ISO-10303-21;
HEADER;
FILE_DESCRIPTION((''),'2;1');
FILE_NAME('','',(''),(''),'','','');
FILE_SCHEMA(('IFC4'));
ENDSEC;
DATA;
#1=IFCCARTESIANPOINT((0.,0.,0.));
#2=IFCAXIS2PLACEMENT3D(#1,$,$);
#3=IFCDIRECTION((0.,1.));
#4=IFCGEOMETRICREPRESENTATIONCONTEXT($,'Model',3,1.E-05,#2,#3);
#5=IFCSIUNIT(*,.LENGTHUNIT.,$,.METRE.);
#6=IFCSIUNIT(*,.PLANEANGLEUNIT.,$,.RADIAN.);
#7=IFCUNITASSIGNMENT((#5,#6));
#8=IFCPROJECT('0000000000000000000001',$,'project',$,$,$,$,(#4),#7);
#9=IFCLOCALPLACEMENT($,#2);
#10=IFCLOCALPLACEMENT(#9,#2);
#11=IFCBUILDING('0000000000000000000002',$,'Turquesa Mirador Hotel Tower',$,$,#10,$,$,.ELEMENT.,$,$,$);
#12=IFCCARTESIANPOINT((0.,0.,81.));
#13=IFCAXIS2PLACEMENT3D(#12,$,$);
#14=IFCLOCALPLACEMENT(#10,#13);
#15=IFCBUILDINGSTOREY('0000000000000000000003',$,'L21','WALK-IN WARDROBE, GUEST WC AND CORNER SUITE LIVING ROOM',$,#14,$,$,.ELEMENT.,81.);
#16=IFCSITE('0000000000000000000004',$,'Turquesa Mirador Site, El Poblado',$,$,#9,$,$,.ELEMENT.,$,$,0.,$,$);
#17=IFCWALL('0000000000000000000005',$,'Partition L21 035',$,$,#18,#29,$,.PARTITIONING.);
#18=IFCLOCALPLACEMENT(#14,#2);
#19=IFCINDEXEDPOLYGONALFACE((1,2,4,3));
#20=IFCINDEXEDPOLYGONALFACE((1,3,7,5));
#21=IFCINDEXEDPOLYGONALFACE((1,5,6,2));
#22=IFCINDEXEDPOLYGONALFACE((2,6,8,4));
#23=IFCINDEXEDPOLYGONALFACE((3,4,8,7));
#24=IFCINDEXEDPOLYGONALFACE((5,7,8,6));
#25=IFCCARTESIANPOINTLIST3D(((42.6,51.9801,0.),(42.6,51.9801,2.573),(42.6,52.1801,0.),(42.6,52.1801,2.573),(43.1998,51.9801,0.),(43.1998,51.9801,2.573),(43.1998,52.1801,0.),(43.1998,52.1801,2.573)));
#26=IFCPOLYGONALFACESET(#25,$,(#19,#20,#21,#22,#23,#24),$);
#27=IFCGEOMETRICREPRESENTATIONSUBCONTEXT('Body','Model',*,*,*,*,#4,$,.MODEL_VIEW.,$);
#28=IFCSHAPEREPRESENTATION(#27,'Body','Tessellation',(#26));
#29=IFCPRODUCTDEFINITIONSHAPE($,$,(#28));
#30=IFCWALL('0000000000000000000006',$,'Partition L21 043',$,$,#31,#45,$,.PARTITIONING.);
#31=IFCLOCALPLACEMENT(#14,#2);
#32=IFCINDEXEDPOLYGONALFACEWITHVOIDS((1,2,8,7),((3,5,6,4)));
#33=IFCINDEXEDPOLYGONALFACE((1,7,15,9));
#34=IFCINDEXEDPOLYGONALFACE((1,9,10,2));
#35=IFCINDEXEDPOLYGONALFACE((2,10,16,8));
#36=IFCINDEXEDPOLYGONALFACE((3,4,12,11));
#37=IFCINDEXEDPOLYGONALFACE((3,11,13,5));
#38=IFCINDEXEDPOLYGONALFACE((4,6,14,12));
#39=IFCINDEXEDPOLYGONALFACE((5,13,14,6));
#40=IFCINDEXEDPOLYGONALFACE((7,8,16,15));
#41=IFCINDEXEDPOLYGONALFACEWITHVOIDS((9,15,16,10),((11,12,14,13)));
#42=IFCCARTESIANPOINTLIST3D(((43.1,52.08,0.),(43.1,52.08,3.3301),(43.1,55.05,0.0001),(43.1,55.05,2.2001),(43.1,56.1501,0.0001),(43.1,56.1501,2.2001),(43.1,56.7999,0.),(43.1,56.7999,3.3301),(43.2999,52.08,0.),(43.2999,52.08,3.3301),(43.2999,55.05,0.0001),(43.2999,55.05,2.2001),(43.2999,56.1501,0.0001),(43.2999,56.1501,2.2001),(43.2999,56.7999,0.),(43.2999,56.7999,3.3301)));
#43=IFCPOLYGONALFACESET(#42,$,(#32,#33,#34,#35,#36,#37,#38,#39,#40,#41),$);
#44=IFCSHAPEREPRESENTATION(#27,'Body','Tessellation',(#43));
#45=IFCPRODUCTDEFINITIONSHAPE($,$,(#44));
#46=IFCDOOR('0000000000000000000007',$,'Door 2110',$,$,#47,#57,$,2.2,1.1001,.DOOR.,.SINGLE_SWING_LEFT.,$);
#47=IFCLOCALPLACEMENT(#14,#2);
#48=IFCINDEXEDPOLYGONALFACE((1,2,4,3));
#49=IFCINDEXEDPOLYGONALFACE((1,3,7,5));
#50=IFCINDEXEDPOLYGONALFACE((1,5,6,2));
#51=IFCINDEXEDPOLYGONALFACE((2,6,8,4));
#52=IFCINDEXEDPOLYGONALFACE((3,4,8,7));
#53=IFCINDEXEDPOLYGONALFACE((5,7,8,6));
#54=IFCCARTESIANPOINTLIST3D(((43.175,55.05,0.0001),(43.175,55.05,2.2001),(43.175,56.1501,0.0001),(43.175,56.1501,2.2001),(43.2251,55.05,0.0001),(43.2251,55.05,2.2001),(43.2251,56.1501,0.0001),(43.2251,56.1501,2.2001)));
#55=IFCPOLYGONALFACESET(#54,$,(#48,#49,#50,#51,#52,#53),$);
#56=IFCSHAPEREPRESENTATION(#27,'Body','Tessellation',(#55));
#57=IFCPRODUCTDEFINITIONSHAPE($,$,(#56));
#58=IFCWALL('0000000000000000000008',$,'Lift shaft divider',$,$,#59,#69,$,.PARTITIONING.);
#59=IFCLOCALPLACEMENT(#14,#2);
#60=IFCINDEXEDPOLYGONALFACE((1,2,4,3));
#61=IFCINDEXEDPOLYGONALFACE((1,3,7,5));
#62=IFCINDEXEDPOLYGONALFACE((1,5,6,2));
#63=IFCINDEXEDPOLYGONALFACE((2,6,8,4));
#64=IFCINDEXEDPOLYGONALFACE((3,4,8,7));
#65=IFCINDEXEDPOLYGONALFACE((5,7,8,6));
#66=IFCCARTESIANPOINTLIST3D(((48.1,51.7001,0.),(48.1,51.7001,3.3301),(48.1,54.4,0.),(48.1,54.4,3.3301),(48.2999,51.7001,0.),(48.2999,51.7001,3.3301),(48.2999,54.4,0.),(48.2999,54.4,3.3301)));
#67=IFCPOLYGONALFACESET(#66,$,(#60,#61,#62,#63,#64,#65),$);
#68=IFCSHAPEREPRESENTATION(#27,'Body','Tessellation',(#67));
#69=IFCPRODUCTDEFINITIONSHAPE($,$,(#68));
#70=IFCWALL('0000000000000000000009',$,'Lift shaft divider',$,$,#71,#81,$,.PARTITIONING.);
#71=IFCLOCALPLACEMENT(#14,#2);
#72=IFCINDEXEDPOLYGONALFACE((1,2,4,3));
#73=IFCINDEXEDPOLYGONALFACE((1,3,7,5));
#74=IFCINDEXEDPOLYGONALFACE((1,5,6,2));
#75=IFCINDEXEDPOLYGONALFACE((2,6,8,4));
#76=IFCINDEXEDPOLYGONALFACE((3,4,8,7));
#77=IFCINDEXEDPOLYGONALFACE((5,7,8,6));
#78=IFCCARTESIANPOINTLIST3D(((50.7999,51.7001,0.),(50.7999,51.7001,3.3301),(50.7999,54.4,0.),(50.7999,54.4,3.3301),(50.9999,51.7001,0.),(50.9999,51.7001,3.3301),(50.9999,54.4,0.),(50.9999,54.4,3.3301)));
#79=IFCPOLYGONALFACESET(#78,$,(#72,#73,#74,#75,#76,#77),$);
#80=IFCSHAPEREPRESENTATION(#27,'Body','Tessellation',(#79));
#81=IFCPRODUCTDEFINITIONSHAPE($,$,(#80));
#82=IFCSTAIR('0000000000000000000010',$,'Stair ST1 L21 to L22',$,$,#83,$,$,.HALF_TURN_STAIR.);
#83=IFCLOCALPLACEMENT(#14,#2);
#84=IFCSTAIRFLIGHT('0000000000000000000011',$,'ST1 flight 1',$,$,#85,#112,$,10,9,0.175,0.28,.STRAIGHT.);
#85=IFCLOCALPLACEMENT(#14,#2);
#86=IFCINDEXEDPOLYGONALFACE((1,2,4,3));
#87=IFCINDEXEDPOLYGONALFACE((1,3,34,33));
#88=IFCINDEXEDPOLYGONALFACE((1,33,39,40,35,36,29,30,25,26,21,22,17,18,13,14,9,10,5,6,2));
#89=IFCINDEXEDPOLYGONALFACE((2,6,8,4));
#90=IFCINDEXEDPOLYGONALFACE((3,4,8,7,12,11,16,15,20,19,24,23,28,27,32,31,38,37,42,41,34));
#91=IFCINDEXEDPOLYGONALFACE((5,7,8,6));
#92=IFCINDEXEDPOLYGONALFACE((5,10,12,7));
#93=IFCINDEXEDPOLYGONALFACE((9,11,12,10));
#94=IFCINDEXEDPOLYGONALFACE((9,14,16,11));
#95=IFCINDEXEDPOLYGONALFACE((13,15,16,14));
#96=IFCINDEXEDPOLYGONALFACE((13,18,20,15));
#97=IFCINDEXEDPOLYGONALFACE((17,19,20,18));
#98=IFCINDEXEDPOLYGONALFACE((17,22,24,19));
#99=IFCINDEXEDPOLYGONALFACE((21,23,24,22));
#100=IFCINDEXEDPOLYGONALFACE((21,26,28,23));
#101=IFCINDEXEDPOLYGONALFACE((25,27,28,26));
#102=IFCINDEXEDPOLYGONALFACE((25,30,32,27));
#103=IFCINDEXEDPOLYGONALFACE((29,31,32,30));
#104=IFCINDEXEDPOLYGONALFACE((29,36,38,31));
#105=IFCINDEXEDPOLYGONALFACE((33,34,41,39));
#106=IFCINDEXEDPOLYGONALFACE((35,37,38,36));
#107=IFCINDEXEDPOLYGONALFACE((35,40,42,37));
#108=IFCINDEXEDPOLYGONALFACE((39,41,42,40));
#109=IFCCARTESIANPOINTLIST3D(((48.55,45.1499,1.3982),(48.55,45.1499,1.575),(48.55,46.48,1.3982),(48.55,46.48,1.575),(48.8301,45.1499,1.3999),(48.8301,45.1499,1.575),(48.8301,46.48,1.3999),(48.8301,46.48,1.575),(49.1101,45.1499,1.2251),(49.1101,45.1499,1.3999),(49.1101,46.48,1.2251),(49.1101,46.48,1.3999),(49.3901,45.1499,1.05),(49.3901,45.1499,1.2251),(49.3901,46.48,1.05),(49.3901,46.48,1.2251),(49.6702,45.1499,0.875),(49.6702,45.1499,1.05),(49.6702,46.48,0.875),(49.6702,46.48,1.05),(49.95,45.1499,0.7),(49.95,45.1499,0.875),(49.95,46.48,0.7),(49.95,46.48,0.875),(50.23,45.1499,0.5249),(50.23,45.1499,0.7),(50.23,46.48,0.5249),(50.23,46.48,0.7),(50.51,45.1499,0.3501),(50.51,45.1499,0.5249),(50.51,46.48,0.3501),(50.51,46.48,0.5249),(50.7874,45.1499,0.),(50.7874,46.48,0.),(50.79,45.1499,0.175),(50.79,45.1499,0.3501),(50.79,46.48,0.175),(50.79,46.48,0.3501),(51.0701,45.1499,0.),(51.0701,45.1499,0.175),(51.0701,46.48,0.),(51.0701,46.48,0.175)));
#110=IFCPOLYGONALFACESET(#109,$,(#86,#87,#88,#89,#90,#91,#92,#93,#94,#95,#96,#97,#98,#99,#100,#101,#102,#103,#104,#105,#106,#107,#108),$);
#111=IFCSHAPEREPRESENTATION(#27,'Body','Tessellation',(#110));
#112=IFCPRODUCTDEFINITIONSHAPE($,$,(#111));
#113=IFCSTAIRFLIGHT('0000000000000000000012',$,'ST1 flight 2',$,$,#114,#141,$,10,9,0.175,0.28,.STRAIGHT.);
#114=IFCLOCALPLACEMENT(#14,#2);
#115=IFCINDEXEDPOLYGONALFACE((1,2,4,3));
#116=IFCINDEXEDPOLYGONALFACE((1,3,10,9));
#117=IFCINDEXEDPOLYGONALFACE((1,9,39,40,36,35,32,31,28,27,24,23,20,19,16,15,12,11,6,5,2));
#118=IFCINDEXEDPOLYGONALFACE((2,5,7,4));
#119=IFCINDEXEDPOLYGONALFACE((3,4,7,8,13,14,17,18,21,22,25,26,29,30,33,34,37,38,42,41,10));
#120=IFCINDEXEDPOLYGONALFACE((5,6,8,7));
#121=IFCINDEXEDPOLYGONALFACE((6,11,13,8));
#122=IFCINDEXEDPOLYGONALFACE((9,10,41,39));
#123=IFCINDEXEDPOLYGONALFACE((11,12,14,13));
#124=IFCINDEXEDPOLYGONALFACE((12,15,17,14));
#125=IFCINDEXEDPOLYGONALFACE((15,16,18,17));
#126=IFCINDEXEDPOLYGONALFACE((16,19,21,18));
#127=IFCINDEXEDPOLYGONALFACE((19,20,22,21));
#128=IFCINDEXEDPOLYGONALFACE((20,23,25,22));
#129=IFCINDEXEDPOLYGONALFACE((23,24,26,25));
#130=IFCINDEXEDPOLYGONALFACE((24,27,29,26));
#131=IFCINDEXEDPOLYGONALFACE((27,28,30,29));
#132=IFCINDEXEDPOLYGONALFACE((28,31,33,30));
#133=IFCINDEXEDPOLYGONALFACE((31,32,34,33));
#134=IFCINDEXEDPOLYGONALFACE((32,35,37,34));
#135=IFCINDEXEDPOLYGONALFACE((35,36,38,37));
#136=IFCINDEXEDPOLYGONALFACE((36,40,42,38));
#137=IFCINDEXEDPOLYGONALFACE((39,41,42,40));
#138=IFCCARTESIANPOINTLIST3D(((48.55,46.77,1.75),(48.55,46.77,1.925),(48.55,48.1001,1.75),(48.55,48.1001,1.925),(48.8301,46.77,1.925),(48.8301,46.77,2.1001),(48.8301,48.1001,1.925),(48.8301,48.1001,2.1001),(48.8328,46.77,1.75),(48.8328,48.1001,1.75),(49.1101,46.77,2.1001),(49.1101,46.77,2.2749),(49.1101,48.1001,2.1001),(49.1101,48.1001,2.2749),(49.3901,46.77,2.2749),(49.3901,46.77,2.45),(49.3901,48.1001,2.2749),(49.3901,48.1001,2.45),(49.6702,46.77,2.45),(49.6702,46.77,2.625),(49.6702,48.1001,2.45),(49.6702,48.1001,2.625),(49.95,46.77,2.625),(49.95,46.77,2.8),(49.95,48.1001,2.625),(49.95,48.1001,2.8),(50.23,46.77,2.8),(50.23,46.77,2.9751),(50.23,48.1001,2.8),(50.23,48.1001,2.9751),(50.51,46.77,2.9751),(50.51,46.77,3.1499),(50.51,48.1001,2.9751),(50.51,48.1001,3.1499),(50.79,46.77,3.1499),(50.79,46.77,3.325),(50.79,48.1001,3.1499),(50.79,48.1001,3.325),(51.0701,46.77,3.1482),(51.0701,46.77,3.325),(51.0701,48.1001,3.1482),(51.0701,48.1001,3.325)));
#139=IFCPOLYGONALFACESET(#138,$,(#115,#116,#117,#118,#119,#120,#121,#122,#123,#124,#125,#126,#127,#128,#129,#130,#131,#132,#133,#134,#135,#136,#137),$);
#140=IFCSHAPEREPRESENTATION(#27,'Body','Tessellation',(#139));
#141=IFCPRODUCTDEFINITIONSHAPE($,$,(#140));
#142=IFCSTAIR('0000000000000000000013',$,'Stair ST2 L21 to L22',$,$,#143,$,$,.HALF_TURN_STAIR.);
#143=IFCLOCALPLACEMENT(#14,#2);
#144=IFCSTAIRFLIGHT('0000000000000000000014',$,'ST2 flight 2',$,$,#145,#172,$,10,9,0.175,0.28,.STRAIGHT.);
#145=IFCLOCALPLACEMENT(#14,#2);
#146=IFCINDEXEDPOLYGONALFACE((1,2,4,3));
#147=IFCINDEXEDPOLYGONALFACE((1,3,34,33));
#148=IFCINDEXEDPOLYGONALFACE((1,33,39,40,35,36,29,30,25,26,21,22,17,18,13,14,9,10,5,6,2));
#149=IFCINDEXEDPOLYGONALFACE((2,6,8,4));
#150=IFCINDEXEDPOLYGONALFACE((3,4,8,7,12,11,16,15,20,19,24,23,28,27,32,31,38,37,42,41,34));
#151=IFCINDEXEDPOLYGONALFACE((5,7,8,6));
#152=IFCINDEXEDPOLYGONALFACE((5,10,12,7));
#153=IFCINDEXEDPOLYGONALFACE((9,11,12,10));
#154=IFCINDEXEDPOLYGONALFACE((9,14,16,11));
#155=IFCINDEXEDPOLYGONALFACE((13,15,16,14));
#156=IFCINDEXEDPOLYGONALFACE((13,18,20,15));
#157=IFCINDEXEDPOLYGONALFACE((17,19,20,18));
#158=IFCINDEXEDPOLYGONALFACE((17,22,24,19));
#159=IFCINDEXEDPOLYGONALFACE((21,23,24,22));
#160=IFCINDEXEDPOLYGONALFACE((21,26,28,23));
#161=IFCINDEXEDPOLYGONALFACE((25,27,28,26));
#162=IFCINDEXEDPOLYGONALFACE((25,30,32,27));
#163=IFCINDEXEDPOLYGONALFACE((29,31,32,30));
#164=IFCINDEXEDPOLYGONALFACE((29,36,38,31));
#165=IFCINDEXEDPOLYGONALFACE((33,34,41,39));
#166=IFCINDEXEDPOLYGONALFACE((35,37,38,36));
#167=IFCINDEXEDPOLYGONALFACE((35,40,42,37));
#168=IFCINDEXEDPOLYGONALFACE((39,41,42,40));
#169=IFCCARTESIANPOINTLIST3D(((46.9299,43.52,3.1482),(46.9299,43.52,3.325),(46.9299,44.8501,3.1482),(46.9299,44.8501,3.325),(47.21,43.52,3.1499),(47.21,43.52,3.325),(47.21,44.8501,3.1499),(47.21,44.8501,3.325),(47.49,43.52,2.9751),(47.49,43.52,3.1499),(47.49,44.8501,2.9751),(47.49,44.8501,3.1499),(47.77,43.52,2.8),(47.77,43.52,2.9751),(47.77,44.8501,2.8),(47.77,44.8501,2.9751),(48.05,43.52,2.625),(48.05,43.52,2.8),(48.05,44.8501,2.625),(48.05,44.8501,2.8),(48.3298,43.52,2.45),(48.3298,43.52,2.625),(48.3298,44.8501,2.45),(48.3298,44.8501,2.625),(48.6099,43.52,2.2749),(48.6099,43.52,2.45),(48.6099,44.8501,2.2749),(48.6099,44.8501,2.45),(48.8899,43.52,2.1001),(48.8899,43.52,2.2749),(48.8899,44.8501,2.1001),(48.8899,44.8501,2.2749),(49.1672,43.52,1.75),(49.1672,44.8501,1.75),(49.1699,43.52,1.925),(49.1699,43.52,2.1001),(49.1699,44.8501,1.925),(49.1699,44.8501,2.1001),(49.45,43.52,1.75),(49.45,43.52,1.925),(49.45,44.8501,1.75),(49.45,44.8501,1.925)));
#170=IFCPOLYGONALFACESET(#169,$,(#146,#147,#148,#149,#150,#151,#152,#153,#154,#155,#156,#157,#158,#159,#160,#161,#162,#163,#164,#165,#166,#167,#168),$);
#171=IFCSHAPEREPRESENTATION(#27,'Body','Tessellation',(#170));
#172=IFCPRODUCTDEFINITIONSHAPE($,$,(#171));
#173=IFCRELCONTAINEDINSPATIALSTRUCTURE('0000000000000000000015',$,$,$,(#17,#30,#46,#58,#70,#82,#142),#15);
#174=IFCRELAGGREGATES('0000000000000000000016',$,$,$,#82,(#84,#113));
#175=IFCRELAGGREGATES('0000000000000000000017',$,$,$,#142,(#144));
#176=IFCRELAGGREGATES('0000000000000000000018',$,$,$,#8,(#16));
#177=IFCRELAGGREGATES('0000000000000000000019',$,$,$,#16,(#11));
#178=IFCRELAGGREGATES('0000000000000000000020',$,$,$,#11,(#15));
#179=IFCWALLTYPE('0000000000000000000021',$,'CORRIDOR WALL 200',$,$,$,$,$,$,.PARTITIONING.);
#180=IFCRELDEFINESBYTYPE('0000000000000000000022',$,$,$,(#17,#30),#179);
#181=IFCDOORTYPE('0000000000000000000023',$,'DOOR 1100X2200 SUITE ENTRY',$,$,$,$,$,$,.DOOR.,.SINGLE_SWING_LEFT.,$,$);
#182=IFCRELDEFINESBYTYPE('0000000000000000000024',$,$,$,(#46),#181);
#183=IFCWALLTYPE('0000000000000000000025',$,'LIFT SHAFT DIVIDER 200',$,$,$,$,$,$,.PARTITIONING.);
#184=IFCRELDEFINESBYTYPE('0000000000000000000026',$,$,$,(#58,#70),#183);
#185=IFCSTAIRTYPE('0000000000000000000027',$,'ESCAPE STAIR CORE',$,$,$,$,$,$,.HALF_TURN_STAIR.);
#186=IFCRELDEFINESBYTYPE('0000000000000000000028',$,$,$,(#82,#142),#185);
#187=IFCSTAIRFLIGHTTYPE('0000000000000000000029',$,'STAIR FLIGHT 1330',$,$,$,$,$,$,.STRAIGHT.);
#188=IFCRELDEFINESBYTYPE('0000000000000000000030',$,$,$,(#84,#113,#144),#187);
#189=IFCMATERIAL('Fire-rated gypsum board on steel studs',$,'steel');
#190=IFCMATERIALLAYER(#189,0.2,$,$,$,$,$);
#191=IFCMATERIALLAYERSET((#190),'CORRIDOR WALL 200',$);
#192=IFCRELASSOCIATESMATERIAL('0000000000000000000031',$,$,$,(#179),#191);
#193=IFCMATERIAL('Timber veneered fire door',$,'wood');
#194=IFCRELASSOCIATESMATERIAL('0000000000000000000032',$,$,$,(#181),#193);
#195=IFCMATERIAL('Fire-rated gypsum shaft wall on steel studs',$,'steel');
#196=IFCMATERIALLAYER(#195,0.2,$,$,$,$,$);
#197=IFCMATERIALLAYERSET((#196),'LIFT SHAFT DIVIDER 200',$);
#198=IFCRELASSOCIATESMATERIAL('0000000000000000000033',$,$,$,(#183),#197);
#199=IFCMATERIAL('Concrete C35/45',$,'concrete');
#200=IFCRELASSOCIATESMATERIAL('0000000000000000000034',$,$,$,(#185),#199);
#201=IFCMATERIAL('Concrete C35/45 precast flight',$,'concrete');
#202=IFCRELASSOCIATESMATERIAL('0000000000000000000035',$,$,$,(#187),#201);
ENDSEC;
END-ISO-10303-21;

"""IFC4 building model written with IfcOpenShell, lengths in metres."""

from ifc_helpers import new_model, si_unit, direction, frame, frame_2d, origin, place, context, subcontext, project, spatial, polyline, rectangle, outline, extrude, material, layer, layer_set, type_object, element, fill, aggregate, save


model = new_model("IFC4")

# Units and contexts
model_context = context("Model", 3, precision=1e-05, world=origin(), true_north=direction((0.0, 1.0)))
body_context = subcontext(model_context, "Body", "Model", "MODEL_VIEW")
ifc_project = project(units=[si_unit("LENGTHUNIT", "METRE"), si_unit("PLANEANGLEUNIT", "RADIAN")], contexts=[model_context])

# Site, building, storey
site_placement = place(None, origin())
site = spatial("IfcSite", under=ifc_project, at=site_placement, Name="Turquesa Mirador Site, El Poblado", CompositionType="ELEMENT", RefElevation=0.0)
building_placement = place(site_placement, origin())
building = spatial("IfcBuilding", under=site, at=building_placement, Name="Turquesa Mirador Hotel Tower", CompositionType="ELEMENT")
storey_placement = place(building_placement, frame((0.0, 0.0, 81.0)))
storey = spatial("IfcBuildingStorey", under=building, at=storey_placement, Name="L21", Description="WALK-IN WARDROBE, GUEST WC AND CORNER SUITE LIVING ROOM", CompositionType="ELEMENT", Elevation=81.0)

# Wall
ifc_material_1 = material(Name="Fire-rated gypsum board on steel studs", Category="steel")
ifc_layer_1 = layer(ifc_material_1, 0.2)
ifc_layer_set_1 = layer_set([ifc_layer_1], Name="CORRIDOR WALL 200")
wall_type_1 = type_object("IfcWallType", Name="CORRIDOR WALL 200", PredefinedType="PARTITIONING", material=ifc_layer_set_1)
wall_1_placement = place(storey_placement, frame((42.6001, 52.0801, 0.0), z_axis=(0.0, 0.0, 1.0), x_axis=(1.0, 0.0, 0.0)))
element("IfcWall", 1, at=wall_1_placement, inside=storey, type_object=wall_type_1, Name="Partition L21 035", PredefinedType="PARTITIONING", context=body_context, shape_type="SweptSolid", body=[
    extrude(rectangle(XDim=0.5999, YDim=0.2, at=frame_2d((0.2998, 0.0))), origin(), (0.0, 0.0, 1.0), 2.573),
])

# Wall, opening, door
wall_2_placement = place(storey_placement, frame((43.2, 52.0801, 0.0), z_axis=(0.0, 0.0, 1.0), x_axis=(0.0, 1.0, 0.0)))
wall_2 = element("IfcWall", 2, at=wall_2_placement, inside=storey, type_object=wall_type_1, Name="Partition L21 043", PredefinedType="PARTITIONING", context=body_context, shape_type="SweptSolid", body=[
    extrude(rectangle(XDim=4.72, YDim=0.2, at=frame_2d((2.3599, 0.0))), origin(), (0.0, 0.0, 1.0), 3.3301),
])
opening_1_placement = place(wall_2_placement, frame((2.97, 0.0, 0.0)))
opening_1 = element("IfcOpeningElement", 3, at=opening_1_placement, cuts=wall_2, PredefinedType="OPENING", context=body_context, shape_type="SweptSolid", body=[
    extrude(rectangle(XDim=1.1001, YDim=2.2, at=frame_2d((0.55, 1.1001))), frame((0.0, 0.1099, 0.0), z_axis=(0.0, -1.0, 0.0), x_axis=(1.0, 0.0, 0.0)), (0.0, 0.0, 1.0), 0.22),
])
ifc_material_2 = material(Name="Timber veneered fire door", Category="wood")
door_type_1 = type_object("IfcDoorType", Name="DOOR 1100X2200 SUITE ENTRY", OperationType="SINGLE_SWING_LEFT", PredefinedType="DOOR", material=ifc_material_2)
door_1_placement = place(opening_1_placement, origin())
door_1 = element("IfcDoor", 4, at=door_1_placement, inside=storey, type_object=door_type_1, Name="Door 2110", OperationType="SINGLE_SWING_LEFT", OverallHeight=2.2, OverallWidth=1.1001, PredefinedType="DOOR", context=body_context, shape_type="SweptSolid", body=[
    extrude(rectangle(XDim=1.1001, YDim=2.2, at=frame_2d((0.55, 1.1001))), frame((0.0, 0.0249, 0.0), z_axis=(0.0, -1.0, 0.0), x_axis=(1.0, 0.0, 0.0)), (0.0, 0.0, 1.0), 0.05),
])
fill(opening_1, door_1)

# Walls
ifc_material_3 = material(Name="Fire-rated gypsum shaft wall on steel studs", Category="steel")
ifc_layer_2 = layer(ifc_material_3, 0.2)
ifc_layer_set_2 = layer_set([ifc_layer_2], Name="LIFT SHAFT DIVIDER 200")
wall_type_2 = type_object("IfcWallType", Name="LIFT SHAFT DIVIDER 200", PredefinedType="PARTITIONING", material=ifc_layer_set_2)
for number, where, z_axis, x_axis, name in (
    (5, (48.2, 51.7, 0.0), (0.0, 0.0, 1.0), (0.0, 1.0, 0.0), "Lift shaft divider"),
    (6, (50.8999, 51.7, 0.0), (0.0, 0.0, 1.0), (0.0, 1.0, 0.0), "Lift shaft divider"),
):
    element("IfcWall", number, at=place(storey_placement, frame(where, z_axis=z_axis, x_axis=x_axis)), inside=storey, type_object=wall_type_2, Name=name, PredefinedType="PARTITIONING", context=body_context, shape_type="SweptSolid", body=[
        extrude(rectangle(XDim=2.7, YDim=0.2, at=frame_2d((1.3501, 0.0))), origin(), (0.0, 0.0, 1.0), 3.3301),
    ])

# Stair, stair flights
ifc_material_4 = material(Name="Concrete C35/45", Category="concrete")
stair_type = type_object("IfcStairType", Name="ESCAPE STAIR CORE", PredefinedType="HALF_TURN_STAIR", material=ifc_material_4)
stair_1_placement = place(storey_placement, origin())
stair_1 = element("IfcStair", 7, at=stair_1_placement, inside=storey, type_object=stair_type, Name="Stair ST1 L21 to L22", PredefinedType="HALF_TURN_STAIR")
ifc_material_5 = material(Name="Concrete C35/45 precast flight", Category="concrete")
stair_flight_type = type_object("IfcStairFlightType", Name="STAIR FLIGHT 1330", PredefinedType="STRAIGHT", material=ifc_material_5)
stair_flight_1_placement = place(storey_placement, frame((51.0701, 45.8149, 0.0), z_axis=(0.0, 0.0, 1.0), x_axis=(-1.0, 0.0, 0.0)))
stair_flight_1 = element("IfcStairFlight", 8, at=stair_flight_1_placement, type_object=stair_flight_type, Name="ST1 flight 1", NumberOfRisers=10, NumberOfTreads=9, PredefinedType="STRAIGHT", RiserHeight=0.175, TreadLength=0.28, context=body_context, shape_type="SweptSolid", body=[
    extrude(outline(polyline([(0.0, 0.0), (0.0, 0.175), (0.28, 0.175), (0.28, 0.3501), (0.5601, 0.3501), (0.5601, 0.5249), (0.8401, 0.5249), (0.8401, 0.7), (1.1201, 0.7), (1.1201, 0.875), (1.3999, 0.875), (1.3999, 1.05), (1.6799, 1.05), (1.6799, 1.2251), (1.96, 1.2251), (1.96, 1.3999), (2.24, 1.3999), (2.24, 1.575), (2.52, 1.575), (2.52, 1.75), (2.52, 1.3982), (0.2827, 0.0), (0.0, 0.0)])), frame((0.0, 0.665, 0.0), z_axis=(0.0, -1.0, 0.0), x_axis=(1.0, 0.0, 0.0)), (0.0, 0.0, 1.0), 1.3301),
])
stair_flight_2_placement = place(storey_placement, frame((48.55, 47.4351, 1.75), z_axis=(0.0, 0.0, 1.0), x_axis=(1.0, 0.0, 0.0)))
stair_flight_2 = element("IfcStairFlight", 9, at=stair_flight_2_placement, type_object=stair_flight_type, Name="ST1 flight 2", NumberOfRisers=10, NumberOfTreads=9, PredefinedType="STRAIGHT", RiserHeight=0.175, TreadLength=0.28, context=body_context, shape_type="SweptSolid", body=[
    extrude(outline(polyline([(0.0, 0.0), (0.0, 0.175), (0.28, 0.175), (0.28, 0.3501), (0.5601, 0.3501), (0.5601, 0.5249), (0.8401, 0.5249), (0.8401, 0.7), (1.1201, 0.7), (1.1201, 0.875), (1.3999, 0.875), (1.3999, 1.05), (1.6799, 1.05), (1.6799, 1.2251), (1.96, 1.2251), (1.96, 1.3999), (2.24, 1.3999), (2.24, 1.575), (2.52, 1.575), (2.52, 1.75), (2.52, 1.3982), (0.2827, 0.0), (0.0, 0.0)])), frame((0.0, 0.665, 0.0), z_axis=(0.0, -1.0, 0.0), x_axis=(1.0, 0.0, 0.0)), (0.0, 0.0, 1.0), 1.3301),
])
aggregate(stair_1, [stair_flight_1, stair_flight_2])

# Stair, stair flight
stair_2_placement = place(storey_placement, origin())
stair_2 = element("IfcStair", 10, at=stair_2_placement, inside=storey, type_object=stair_type, Name="Stair ST2 L21 to L22", PredefinedType="HALF_TURN_STAIR")
stair_flight_3_placement = place(storey_placement, frame((49.45, 44.1851, 1.75), z_axis=(0.0, 0.0, 1.0), x_axis=(-1.0, 0.0, 0.0)))
stair_flight_3 = element("IfcStairFlight", 11, at=stair_flight_3_placement, type_object=stair_flight_type, Name="ST2 flight 2", NumberOfRisers=10, NumberOfTreads=9, PredefinedType="STRAIGHT", RiserHeight=0.175, TreadLength=0.28, context=body_context, shape_type="SweptSolid", body=[
    extrude(outline(polyline([(0.0, 0.0), (0.0, 0.175), (0.28, 0.175), (0.28, 0.3501), (0.5601, 0.3501), (0.5601, 0.5249), (0.8401, 0.5249), (0.8401, 0.7), (1.1201, 0.7), (1.1201, 0.875), (1.3999, 0.875), (1.3999, 1.05), (1.6799, 1.05), (1.6799, 1.2251), (1.96, 1.2251), (1.96, 1.3999), (2.24, 1.3999), (2.24, 1.575), (2.52, 1.575), (2.52, 1.75), (2.52, 1.3982), (0.2827, 0.0), (0.0, 0.0)])), frame((0.0, 0.665, 0.0), z_axis=(0.0, -1.0, 0.0), x_axis=(1.0, 0.0, 0.0)), (0.0, 0.0, 1.0), 1.3301),
])
aggregate(stair_2, [stair_flight_3])

save(model, "model.ifc")
